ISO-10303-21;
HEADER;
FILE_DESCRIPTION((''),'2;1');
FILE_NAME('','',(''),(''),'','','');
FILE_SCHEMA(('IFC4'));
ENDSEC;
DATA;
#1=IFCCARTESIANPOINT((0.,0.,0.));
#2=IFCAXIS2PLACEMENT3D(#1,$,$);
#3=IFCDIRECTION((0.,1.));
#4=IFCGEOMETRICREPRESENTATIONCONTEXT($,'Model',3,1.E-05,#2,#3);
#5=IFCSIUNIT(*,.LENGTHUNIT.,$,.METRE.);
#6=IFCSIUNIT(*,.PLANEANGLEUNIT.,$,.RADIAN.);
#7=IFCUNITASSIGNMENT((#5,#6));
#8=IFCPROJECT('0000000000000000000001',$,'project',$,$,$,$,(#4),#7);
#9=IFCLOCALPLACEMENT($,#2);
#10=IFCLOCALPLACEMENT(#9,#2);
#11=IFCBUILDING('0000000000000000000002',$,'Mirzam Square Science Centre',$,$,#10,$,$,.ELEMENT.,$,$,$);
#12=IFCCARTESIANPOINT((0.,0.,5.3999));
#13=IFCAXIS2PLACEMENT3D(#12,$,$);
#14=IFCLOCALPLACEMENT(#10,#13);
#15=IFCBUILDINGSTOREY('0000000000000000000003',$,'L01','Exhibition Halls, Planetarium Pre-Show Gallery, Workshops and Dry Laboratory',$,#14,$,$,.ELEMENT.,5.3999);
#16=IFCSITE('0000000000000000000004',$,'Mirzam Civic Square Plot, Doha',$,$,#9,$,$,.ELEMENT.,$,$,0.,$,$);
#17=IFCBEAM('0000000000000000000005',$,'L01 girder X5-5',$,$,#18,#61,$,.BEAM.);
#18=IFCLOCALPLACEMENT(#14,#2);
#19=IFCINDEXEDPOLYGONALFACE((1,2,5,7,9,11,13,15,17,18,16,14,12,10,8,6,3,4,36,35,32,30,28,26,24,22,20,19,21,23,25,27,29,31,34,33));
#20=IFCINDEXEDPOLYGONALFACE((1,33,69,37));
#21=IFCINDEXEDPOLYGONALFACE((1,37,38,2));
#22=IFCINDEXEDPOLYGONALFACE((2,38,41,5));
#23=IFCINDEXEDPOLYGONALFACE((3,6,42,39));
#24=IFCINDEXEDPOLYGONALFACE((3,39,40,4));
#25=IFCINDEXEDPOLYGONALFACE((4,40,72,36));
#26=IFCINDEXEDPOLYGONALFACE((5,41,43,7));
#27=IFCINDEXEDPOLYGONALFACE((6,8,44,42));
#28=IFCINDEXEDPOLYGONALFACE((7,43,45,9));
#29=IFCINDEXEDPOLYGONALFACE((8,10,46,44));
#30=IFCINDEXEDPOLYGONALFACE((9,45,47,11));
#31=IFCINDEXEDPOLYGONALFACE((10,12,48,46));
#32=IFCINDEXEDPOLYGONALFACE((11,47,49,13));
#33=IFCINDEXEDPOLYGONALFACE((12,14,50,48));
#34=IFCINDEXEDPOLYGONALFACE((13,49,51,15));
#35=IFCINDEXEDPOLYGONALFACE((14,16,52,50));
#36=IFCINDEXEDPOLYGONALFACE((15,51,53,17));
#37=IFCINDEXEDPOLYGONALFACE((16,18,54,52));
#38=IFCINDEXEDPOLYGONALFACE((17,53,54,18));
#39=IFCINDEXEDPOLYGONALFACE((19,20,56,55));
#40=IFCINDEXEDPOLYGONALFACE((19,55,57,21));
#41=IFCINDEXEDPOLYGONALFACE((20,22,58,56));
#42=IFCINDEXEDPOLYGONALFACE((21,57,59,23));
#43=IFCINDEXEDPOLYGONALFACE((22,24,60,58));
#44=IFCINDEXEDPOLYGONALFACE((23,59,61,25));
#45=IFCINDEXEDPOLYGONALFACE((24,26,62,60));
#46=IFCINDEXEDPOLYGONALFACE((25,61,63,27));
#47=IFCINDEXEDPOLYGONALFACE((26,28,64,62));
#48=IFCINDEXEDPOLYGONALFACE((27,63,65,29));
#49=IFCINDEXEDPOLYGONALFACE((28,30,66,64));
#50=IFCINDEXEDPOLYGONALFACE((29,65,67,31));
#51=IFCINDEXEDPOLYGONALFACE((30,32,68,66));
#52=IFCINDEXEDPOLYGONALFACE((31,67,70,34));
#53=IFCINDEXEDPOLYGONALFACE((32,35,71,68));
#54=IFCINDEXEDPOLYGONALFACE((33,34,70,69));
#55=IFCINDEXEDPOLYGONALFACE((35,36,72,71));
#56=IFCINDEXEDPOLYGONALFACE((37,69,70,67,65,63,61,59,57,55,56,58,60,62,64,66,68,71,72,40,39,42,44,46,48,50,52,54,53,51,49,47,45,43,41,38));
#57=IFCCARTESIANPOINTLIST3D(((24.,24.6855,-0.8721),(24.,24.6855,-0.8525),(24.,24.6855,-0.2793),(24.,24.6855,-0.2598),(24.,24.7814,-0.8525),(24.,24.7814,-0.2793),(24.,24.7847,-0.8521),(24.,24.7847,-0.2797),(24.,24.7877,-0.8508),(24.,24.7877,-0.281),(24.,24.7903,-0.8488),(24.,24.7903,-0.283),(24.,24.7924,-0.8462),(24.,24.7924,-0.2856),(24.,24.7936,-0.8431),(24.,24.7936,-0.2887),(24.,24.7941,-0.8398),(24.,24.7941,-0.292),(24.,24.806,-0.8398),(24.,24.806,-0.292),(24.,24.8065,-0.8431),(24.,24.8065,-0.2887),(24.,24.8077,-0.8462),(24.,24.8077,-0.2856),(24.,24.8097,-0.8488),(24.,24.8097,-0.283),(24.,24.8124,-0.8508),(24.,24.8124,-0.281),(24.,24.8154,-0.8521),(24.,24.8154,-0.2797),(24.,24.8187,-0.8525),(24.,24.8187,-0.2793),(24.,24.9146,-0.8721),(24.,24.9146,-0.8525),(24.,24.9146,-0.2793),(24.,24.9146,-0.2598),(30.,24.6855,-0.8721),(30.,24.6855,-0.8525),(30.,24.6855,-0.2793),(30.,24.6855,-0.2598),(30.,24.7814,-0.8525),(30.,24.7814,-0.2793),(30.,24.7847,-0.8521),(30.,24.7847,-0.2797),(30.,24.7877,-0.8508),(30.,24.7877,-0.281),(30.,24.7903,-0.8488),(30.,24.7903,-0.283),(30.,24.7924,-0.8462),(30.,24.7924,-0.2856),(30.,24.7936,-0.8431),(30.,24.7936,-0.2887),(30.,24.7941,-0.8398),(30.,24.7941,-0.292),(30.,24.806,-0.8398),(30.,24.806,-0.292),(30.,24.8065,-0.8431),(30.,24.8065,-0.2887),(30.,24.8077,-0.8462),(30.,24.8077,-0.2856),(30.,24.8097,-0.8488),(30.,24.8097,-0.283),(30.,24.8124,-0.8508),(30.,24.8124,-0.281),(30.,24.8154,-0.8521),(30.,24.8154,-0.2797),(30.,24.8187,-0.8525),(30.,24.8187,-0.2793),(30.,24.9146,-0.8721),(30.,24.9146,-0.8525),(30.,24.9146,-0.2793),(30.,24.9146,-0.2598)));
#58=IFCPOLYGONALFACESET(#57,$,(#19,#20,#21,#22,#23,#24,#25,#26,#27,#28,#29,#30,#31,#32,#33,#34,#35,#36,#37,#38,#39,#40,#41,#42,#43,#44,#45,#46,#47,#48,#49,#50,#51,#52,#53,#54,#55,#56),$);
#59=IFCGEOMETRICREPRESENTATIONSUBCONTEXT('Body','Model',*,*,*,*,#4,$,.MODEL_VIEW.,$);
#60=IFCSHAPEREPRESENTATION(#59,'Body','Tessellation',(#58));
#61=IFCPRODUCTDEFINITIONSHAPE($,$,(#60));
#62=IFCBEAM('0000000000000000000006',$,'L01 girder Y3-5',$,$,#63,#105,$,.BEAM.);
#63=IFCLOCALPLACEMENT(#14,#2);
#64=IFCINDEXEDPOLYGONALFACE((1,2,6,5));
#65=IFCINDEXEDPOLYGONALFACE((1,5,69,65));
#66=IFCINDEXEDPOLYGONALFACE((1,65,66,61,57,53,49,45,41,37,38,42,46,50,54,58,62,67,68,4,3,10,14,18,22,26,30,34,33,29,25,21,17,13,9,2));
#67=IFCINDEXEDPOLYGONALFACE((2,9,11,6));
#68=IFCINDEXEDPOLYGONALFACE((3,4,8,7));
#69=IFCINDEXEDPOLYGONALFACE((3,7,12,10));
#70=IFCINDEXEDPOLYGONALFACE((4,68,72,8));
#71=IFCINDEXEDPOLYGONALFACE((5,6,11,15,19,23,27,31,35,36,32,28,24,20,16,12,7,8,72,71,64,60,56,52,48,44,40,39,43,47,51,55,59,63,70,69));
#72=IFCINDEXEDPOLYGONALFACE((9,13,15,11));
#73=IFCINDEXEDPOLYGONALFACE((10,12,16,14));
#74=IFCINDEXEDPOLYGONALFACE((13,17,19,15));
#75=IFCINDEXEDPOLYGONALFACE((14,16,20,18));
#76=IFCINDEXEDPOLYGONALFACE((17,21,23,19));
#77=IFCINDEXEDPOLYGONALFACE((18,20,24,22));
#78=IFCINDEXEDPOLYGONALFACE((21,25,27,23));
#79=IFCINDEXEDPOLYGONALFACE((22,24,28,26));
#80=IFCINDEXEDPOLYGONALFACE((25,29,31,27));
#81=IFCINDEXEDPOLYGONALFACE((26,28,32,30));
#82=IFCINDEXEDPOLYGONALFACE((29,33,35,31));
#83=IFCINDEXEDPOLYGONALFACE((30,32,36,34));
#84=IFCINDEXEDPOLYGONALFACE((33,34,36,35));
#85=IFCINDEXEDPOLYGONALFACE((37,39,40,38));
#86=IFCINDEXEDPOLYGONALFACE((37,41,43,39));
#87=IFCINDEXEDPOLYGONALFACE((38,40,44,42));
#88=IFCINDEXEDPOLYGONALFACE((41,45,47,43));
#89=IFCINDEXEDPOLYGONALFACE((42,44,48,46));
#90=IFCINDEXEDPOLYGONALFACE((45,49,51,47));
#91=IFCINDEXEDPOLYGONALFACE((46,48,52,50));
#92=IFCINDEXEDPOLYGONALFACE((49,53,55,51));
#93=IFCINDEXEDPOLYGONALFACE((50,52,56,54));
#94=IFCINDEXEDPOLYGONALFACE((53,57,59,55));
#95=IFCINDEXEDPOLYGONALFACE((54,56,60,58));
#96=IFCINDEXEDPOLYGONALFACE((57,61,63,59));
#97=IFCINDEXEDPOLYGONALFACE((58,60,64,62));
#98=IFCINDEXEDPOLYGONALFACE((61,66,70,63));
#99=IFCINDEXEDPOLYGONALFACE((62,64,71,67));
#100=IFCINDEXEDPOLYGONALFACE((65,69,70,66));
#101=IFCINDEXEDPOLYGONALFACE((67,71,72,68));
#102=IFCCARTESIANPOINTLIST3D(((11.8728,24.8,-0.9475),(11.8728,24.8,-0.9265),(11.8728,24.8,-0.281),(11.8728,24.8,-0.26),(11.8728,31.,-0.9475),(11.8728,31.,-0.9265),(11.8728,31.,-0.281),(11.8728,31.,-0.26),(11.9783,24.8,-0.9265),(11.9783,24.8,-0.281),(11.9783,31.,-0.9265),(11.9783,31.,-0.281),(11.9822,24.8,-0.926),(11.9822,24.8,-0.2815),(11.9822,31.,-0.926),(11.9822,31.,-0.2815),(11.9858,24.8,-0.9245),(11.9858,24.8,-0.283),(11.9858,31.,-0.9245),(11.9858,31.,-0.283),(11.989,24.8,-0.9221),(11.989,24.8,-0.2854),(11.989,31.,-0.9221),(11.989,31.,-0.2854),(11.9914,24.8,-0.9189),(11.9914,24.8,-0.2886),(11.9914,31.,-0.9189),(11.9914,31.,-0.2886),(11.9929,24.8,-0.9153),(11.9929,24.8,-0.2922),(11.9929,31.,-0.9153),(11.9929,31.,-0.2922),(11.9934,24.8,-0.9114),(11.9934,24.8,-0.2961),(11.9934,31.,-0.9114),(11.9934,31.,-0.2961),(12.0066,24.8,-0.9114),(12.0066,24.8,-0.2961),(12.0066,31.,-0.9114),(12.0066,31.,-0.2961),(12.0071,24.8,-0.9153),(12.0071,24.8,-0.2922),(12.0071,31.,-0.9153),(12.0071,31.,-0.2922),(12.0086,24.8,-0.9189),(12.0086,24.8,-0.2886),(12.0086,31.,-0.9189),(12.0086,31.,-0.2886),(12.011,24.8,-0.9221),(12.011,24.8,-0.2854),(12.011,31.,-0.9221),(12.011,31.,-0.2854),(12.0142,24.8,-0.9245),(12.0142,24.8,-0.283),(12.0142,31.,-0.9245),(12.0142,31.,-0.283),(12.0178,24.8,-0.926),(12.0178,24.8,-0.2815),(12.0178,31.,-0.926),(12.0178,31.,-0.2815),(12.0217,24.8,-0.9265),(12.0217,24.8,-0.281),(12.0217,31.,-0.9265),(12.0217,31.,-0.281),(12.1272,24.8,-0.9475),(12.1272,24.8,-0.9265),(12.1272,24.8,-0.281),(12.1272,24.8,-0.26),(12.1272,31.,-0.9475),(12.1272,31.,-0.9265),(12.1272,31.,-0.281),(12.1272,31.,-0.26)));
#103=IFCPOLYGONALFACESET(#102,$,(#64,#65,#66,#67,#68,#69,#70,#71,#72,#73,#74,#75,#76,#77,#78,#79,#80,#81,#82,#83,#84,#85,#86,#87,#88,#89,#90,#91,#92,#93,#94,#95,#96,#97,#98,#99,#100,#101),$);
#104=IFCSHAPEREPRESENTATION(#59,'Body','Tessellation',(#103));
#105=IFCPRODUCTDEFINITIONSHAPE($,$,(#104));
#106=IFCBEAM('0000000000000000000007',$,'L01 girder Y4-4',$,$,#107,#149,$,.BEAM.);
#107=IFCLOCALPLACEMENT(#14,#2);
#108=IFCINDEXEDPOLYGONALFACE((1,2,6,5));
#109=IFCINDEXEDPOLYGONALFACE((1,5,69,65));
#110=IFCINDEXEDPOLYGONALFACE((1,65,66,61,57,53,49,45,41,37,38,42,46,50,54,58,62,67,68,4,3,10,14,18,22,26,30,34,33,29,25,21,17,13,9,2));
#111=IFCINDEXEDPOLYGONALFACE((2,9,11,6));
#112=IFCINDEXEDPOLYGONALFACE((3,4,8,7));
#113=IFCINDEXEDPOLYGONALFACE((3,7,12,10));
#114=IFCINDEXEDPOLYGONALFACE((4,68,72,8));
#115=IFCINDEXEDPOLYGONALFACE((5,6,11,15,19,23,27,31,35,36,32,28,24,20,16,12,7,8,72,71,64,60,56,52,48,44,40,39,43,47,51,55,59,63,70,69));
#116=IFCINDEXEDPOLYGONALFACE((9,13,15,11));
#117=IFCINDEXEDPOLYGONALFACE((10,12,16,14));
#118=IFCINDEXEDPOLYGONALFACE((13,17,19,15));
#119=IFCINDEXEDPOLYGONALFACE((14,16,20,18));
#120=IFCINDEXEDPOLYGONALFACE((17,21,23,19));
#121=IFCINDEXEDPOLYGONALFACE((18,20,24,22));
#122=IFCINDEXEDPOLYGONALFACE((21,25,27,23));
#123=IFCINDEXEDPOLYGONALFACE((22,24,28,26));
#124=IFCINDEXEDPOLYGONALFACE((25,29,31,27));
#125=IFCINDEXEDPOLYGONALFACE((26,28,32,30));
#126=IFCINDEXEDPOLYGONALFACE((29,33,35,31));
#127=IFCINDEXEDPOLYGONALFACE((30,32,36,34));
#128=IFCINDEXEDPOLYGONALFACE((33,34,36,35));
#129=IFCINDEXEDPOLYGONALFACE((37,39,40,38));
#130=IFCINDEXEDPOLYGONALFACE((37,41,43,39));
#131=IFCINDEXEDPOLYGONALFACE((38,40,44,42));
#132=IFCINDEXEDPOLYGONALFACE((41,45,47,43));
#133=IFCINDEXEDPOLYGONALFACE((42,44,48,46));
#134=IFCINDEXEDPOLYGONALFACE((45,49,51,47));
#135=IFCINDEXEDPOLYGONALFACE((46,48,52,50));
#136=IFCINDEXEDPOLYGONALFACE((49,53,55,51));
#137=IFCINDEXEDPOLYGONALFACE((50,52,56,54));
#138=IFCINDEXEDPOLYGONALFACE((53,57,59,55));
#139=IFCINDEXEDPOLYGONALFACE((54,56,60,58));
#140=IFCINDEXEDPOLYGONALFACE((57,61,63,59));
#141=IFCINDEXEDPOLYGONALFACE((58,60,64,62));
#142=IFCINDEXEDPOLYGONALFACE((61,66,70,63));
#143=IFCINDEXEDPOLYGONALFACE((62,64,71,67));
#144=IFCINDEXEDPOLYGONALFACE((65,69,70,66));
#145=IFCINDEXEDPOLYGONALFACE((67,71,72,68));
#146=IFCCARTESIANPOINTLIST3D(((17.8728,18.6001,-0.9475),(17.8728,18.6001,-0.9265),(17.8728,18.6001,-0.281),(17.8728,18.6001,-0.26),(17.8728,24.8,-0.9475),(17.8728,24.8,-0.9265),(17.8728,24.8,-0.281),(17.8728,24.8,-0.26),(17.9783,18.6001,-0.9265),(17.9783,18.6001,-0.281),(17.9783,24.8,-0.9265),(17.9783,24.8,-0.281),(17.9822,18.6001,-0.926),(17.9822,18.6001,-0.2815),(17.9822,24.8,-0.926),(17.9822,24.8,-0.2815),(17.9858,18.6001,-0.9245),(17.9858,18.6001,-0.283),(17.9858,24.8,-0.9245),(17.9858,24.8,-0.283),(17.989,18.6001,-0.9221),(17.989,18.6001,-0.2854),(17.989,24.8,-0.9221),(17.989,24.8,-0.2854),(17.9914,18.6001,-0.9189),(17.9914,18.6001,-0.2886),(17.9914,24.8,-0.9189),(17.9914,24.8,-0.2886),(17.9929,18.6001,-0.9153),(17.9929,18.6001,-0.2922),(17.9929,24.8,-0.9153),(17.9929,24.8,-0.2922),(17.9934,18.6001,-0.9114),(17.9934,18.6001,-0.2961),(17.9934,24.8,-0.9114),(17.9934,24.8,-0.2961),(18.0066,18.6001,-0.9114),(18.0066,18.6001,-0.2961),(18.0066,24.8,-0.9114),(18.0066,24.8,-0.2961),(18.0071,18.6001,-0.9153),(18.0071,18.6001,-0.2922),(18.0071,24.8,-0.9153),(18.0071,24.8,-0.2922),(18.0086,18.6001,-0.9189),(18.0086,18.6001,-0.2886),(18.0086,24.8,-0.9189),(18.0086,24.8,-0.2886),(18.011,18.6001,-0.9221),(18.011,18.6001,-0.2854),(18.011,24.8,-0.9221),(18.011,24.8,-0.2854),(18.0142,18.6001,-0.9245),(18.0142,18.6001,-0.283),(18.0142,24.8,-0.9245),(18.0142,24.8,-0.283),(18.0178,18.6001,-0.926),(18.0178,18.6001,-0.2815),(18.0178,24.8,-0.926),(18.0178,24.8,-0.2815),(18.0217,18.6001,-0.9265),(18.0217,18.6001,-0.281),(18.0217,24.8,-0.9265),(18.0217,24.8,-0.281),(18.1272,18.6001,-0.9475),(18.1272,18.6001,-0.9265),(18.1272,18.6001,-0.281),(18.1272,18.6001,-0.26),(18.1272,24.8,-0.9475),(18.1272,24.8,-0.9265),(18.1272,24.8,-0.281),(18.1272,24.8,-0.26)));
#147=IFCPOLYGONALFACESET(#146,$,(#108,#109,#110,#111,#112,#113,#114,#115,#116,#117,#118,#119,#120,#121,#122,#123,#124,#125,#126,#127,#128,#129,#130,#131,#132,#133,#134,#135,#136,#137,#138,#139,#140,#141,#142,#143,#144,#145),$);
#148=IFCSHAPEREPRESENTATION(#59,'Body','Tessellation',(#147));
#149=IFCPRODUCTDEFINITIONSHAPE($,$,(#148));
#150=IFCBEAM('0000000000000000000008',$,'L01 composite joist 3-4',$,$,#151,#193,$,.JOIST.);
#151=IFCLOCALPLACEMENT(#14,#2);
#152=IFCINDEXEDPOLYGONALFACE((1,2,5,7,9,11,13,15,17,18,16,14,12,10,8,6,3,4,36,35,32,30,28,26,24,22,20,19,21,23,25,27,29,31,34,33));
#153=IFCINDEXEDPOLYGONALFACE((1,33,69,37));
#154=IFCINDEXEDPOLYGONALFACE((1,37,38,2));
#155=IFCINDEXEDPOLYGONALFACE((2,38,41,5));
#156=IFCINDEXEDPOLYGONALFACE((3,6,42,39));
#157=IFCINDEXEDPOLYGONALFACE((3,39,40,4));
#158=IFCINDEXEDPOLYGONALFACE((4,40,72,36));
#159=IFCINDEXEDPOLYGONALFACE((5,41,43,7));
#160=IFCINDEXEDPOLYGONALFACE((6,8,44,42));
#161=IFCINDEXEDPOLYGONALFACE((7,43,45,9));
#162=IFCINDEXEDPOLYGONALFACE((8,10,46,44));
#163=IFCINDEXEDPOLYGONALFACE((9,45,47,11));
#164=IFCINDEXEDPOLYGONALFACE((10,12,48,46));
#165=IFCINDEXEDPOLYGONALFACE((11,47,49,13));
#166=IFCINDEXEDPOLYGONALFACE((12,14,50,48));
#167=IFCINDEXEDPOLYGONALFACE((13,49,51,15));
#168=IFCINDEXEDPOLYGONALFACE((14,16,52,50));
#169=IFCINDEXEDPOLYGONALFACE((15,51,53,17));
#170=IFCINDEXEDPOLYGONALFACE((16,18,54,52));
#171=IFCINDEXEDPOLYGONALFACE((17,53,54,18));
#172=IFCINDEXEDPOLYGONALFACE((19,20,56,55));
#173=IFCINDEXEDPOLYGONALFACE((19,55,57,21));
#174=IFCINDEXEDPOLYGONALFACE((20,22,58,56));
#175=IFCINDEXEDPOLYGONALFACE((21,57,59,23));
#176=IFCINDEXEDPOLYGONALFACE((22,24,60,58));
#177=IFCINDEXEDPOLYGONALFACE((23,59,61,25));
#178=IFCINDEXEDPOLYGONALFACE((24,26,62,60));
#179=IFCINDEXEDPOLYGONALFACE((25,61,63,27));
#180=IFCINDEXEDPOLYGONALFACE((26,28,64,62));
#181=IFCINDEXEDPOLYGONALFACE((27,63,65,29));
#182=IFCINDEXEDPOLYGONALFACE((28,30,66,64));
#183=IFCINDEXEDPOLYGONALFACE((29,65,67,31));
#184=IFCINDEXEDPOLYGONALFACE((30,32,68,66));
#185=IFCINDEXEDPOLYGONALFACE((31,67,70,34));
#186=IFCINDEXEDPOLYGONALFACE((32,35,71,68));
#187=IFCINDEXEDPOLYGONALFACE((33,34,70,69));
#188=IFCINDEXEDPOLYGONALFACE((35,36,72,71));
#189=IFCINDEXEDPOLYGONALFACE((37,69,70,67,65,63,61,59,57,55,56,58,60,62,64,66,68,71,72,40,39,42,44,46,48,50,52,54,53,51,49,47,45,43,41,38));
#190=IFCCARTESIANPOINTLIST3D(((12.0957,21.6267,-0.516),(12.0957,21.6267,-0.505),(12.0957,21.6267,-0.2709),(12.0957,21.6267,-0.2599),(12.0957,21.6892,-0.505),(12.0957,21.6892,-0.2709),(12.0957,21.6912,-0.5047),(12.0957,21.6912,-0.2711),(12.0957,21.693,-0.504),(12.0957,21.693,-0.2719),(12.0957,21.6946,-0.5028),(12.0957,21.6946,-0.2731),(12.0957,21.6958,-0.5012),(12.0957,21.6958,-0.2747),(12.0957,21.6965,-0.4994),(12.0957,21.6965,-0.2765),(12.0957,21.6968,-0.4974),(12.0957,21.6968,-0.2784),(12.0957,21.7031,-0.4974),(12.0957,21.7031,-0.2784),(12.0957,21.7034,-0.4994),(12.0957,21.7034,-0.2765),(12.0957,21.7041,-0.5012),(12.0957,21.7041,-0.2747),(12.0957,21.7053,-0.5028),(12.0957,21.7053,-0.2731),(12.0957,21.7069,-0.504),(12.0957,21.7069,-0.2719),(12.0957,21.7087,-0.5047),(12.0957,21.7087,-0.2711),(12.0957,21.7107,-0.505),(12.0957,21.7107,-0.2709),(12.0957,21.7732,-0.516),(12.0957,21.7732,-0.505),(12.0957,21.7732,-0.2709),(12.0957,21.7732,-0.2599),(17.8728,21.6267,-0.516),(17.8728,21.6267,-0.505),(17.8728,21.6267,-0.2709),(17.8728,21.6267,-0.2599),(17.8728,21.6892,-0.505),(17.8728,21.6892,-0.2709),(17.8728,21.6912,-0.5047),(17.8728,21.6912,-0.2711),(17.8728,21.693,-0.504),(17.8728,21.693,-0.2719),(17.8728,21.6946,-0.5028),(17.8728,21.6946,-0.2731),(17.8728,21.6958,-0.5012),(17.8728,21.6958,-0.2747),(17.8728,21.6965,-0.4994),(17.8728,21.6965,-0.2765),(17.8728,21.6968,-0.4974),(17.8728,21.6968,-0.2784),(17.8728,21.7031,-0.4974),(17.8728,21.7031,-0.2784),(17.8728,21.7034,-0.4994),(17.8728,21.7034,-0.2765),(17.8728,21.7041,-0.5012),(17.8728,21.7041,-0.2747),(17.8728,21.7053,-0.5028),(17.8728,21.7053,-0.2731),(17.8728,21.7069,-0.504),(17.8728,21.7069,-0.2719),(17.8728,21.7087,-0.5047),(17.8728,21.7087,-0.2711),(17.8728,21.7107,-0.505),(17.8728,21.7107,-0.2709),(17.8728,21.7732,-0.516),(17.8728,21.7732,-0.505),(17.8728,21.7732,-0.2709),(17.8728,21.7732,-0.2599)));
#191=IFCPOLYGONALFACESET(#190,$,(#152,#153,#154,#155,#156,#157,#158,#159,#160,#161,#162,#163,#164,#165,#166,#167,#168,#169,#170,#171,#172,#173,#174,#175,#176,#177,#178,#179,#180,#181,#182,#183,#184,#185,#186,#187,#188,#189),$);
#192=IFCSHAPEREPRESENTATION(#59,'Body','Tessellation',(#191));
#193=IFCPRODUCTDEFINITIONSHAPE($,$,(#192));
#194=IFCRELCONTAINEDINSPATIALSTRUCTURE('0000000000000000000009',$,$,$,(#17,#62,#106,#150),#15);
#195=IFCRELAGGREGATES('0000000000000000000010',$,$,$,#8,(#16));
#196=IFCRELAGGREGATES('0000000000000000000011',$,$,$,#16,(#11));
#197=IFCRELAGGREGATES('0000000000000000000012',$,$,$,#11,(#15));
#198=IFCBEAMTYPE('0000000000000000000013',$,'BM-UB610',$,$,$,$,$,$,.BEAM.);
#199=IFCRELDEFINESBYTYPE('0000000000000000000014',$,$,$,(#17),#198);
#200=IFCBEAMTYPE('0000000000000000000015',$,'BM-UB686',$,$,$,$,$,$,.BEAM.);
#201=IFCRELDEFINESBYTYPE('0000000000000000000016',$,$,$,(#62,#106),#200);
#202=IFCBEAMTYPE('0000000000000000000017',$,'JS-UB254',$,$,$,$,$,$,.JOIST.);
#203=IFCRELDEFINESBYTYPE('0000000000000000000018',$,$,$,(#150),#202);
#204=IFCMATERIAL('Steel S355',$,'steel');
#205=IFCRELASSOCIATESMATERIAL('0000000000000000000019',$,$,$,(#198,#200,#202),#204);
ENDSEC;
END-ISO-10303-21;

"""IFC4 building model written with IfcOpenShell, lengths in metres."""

from ifc_helpers import new_model, si_unit, direction, frame, origin, origin_2d, place, context, subcontext, project, spatial, i_section, extrude, material, material_profile, profile_set, type_object, element, save


model = new_model("IFC4")

# Units and contexts
model_context = context("Model", 3, precision=1e-05, world=origin(), true_north=direction((0.0, 1.0)))
body_context = subcontext(model_context, "Body", "Model", "MODEL_VIEW")
ifc_project = project(units=[si_unit("LENGTHUNIT", "METRE"), si_unit("PLANEANGLEUNIT", "RADIAN")], contexts=[model_context])

# Site, building, storey
site_placement = place(None, origin())
site = spatial("IfcSite", under=ifc_project, at=site_placement, Name="Mirzam Civic Square Plot, Doha", CompositionType="ELEMENT", RefElevation=0.0)
building_placement = place(site_placement, origin())
building = spatial("IfcBuilding", under=site, at=building_placement, Name="Mirzam Square Science Centre", CompositionType="ELEMENT")
storey_placement = place(building_placement, frame((0.0, 0.0, 5.3999)))
storey = spatial("IfcBuildingStorey", under=building, at=storey_placement, Name="L01", Description="Exhibition Halls, Planetarium Pre-Show Gallery, Workshops and Dry Laboratory", CompositionType="ELEMENT", Elevation=5.3999)

# Shared definitions
ifc_material_1 = material(Name="Steel S355", Category="steel")

# Beams
ifc_material_profile_1 = material_profile(ifc_material_1, i_section(OverallWidth=0.229, OverallDepth=0.6123, WebThickness=0.012, FlangeThickness=0.0195, FilletRadius=0.0127, at=origin_2d()), Name="610x229x125UB")
ifc_profile_set_1 = profile_set([ifc_material_profile_1], Name="Steel S355")
beam_type_1 = type_object("IfcBeamType", Name="BM-UB610", PredefinedType="BEAM", material=ifc_profile_set_1)
beam_1_placement = place(storey_placement, frame((24.0, 24.8, -0.5659), z_axis=(1.0, 0.0, 0.0), x_axis=(0.0, 1.0, 0.0)))
element("IfcBeam", 1, at=beam_1_placement, inside=storey, type_object=beam_type_1, Name="L01 girder X5-5", PredefinedType="BEAM", context=body_context, shape_type="SweptSolid", body=[
    extrude(i_section(OverallWidth=0.229, OverallDepth=0.6123, WebThickness=0.012, FlangeThickness=0.0195, FilletRadius=0.0127, at=origin_2d()), origin(), (0.0, 0.0, 1.0), 6.0),
])
ifc_material_profile_2 = material_profile(ifc_material_1, i_section(OverallWidth=0.2544, OverallDepth=0.6875, WebThickness=0.0132, FlangeThickness=0.021, FilletRadius=0.0151, at=origin_2d()), Name="686x254x152UB")
ifc_profile_set_2 = profile_set([ifc_material_profile_2], Name="Steel S355")
beam_type_2 = type_object("IfcBeamType", Name="BM-UB686", PredefinedType="BEAM", material=ifc_profile_set_2)
for number, where, z_axis, x_axis, name in (
    (2, (12.0, 24.8, -0.6038), (0.0, 1.0, 0.0), (-1.0, 0.0, 0.0), "L01 girder Y3-5"),
    (3, (18.0, 18.6001, -0.6038), (0.0, 1.0, 0.0), (-1.0, 0.0, 0.0), "L01 girder Y4-4"),
):
    element("IfcBeam", number, at=place(storey_placement, frame(where, z_axis=z_axis, x_axis=x_axis)), inside=storey, type_object=beam_type_2, Name=name, PredefinedType="BEAM", context=body_context, shape_type="SweptSolid", body=[
        extrude(i_section(OverallWidth=0.2544, OverallDepth=0.6875, WebThickness=0.0132, FlangeThickness=0.021, FilletRadius=0.0151, at=origin_2d()), origin(), (0.0, 0.0, 1.0), 6.2),
    ])
ifc_material_profile_3 = material_profile(ifc_material_1, i_section(OverallWidth=0.1465, OverallDepth=0.2561, WebThickness=0.0063, FlangeThickness=0.011, FilletRadius=0.0076, at=origin_2d()), Name="254x146x37UB")
ifc_profile_set_3 = profile_set([ifc_material_profile_3], Name="Steel S355")
beam_type_3 = type_object("IfcBeamType", Name="JS-UB254", PredefinedType="JOIST", material=ifc_profile_set_3)
for number, where, z_axis, x_axis, name in (
    (4, (12.0957, 21.7, -0.3879), (1.0, 0.0, 0.0), (0.0, 1.0, 0.0), "L01 composite joist 3-4"),
):
    element("IfcBeam", number, at=place(storey_placement, frame(where, z_axis=z_axis, x_axis=x_axis)), inside=storey, type_object=beam_type_3, Name=name, PredefinedType="JOIST", context=body_context, shape_type="SweptSolid", body=[
        extrude(i_section(OverallWidth=0.1465, OverallDepth=0.2561, WebThickness=0.0063, FlangeThickness=0.011, FilletRadius=0.0076, at=origin_2d()), origin(), (0.0, 0.0, 1.0), 5.7771),
    ])

save(model, "model.ifc")
